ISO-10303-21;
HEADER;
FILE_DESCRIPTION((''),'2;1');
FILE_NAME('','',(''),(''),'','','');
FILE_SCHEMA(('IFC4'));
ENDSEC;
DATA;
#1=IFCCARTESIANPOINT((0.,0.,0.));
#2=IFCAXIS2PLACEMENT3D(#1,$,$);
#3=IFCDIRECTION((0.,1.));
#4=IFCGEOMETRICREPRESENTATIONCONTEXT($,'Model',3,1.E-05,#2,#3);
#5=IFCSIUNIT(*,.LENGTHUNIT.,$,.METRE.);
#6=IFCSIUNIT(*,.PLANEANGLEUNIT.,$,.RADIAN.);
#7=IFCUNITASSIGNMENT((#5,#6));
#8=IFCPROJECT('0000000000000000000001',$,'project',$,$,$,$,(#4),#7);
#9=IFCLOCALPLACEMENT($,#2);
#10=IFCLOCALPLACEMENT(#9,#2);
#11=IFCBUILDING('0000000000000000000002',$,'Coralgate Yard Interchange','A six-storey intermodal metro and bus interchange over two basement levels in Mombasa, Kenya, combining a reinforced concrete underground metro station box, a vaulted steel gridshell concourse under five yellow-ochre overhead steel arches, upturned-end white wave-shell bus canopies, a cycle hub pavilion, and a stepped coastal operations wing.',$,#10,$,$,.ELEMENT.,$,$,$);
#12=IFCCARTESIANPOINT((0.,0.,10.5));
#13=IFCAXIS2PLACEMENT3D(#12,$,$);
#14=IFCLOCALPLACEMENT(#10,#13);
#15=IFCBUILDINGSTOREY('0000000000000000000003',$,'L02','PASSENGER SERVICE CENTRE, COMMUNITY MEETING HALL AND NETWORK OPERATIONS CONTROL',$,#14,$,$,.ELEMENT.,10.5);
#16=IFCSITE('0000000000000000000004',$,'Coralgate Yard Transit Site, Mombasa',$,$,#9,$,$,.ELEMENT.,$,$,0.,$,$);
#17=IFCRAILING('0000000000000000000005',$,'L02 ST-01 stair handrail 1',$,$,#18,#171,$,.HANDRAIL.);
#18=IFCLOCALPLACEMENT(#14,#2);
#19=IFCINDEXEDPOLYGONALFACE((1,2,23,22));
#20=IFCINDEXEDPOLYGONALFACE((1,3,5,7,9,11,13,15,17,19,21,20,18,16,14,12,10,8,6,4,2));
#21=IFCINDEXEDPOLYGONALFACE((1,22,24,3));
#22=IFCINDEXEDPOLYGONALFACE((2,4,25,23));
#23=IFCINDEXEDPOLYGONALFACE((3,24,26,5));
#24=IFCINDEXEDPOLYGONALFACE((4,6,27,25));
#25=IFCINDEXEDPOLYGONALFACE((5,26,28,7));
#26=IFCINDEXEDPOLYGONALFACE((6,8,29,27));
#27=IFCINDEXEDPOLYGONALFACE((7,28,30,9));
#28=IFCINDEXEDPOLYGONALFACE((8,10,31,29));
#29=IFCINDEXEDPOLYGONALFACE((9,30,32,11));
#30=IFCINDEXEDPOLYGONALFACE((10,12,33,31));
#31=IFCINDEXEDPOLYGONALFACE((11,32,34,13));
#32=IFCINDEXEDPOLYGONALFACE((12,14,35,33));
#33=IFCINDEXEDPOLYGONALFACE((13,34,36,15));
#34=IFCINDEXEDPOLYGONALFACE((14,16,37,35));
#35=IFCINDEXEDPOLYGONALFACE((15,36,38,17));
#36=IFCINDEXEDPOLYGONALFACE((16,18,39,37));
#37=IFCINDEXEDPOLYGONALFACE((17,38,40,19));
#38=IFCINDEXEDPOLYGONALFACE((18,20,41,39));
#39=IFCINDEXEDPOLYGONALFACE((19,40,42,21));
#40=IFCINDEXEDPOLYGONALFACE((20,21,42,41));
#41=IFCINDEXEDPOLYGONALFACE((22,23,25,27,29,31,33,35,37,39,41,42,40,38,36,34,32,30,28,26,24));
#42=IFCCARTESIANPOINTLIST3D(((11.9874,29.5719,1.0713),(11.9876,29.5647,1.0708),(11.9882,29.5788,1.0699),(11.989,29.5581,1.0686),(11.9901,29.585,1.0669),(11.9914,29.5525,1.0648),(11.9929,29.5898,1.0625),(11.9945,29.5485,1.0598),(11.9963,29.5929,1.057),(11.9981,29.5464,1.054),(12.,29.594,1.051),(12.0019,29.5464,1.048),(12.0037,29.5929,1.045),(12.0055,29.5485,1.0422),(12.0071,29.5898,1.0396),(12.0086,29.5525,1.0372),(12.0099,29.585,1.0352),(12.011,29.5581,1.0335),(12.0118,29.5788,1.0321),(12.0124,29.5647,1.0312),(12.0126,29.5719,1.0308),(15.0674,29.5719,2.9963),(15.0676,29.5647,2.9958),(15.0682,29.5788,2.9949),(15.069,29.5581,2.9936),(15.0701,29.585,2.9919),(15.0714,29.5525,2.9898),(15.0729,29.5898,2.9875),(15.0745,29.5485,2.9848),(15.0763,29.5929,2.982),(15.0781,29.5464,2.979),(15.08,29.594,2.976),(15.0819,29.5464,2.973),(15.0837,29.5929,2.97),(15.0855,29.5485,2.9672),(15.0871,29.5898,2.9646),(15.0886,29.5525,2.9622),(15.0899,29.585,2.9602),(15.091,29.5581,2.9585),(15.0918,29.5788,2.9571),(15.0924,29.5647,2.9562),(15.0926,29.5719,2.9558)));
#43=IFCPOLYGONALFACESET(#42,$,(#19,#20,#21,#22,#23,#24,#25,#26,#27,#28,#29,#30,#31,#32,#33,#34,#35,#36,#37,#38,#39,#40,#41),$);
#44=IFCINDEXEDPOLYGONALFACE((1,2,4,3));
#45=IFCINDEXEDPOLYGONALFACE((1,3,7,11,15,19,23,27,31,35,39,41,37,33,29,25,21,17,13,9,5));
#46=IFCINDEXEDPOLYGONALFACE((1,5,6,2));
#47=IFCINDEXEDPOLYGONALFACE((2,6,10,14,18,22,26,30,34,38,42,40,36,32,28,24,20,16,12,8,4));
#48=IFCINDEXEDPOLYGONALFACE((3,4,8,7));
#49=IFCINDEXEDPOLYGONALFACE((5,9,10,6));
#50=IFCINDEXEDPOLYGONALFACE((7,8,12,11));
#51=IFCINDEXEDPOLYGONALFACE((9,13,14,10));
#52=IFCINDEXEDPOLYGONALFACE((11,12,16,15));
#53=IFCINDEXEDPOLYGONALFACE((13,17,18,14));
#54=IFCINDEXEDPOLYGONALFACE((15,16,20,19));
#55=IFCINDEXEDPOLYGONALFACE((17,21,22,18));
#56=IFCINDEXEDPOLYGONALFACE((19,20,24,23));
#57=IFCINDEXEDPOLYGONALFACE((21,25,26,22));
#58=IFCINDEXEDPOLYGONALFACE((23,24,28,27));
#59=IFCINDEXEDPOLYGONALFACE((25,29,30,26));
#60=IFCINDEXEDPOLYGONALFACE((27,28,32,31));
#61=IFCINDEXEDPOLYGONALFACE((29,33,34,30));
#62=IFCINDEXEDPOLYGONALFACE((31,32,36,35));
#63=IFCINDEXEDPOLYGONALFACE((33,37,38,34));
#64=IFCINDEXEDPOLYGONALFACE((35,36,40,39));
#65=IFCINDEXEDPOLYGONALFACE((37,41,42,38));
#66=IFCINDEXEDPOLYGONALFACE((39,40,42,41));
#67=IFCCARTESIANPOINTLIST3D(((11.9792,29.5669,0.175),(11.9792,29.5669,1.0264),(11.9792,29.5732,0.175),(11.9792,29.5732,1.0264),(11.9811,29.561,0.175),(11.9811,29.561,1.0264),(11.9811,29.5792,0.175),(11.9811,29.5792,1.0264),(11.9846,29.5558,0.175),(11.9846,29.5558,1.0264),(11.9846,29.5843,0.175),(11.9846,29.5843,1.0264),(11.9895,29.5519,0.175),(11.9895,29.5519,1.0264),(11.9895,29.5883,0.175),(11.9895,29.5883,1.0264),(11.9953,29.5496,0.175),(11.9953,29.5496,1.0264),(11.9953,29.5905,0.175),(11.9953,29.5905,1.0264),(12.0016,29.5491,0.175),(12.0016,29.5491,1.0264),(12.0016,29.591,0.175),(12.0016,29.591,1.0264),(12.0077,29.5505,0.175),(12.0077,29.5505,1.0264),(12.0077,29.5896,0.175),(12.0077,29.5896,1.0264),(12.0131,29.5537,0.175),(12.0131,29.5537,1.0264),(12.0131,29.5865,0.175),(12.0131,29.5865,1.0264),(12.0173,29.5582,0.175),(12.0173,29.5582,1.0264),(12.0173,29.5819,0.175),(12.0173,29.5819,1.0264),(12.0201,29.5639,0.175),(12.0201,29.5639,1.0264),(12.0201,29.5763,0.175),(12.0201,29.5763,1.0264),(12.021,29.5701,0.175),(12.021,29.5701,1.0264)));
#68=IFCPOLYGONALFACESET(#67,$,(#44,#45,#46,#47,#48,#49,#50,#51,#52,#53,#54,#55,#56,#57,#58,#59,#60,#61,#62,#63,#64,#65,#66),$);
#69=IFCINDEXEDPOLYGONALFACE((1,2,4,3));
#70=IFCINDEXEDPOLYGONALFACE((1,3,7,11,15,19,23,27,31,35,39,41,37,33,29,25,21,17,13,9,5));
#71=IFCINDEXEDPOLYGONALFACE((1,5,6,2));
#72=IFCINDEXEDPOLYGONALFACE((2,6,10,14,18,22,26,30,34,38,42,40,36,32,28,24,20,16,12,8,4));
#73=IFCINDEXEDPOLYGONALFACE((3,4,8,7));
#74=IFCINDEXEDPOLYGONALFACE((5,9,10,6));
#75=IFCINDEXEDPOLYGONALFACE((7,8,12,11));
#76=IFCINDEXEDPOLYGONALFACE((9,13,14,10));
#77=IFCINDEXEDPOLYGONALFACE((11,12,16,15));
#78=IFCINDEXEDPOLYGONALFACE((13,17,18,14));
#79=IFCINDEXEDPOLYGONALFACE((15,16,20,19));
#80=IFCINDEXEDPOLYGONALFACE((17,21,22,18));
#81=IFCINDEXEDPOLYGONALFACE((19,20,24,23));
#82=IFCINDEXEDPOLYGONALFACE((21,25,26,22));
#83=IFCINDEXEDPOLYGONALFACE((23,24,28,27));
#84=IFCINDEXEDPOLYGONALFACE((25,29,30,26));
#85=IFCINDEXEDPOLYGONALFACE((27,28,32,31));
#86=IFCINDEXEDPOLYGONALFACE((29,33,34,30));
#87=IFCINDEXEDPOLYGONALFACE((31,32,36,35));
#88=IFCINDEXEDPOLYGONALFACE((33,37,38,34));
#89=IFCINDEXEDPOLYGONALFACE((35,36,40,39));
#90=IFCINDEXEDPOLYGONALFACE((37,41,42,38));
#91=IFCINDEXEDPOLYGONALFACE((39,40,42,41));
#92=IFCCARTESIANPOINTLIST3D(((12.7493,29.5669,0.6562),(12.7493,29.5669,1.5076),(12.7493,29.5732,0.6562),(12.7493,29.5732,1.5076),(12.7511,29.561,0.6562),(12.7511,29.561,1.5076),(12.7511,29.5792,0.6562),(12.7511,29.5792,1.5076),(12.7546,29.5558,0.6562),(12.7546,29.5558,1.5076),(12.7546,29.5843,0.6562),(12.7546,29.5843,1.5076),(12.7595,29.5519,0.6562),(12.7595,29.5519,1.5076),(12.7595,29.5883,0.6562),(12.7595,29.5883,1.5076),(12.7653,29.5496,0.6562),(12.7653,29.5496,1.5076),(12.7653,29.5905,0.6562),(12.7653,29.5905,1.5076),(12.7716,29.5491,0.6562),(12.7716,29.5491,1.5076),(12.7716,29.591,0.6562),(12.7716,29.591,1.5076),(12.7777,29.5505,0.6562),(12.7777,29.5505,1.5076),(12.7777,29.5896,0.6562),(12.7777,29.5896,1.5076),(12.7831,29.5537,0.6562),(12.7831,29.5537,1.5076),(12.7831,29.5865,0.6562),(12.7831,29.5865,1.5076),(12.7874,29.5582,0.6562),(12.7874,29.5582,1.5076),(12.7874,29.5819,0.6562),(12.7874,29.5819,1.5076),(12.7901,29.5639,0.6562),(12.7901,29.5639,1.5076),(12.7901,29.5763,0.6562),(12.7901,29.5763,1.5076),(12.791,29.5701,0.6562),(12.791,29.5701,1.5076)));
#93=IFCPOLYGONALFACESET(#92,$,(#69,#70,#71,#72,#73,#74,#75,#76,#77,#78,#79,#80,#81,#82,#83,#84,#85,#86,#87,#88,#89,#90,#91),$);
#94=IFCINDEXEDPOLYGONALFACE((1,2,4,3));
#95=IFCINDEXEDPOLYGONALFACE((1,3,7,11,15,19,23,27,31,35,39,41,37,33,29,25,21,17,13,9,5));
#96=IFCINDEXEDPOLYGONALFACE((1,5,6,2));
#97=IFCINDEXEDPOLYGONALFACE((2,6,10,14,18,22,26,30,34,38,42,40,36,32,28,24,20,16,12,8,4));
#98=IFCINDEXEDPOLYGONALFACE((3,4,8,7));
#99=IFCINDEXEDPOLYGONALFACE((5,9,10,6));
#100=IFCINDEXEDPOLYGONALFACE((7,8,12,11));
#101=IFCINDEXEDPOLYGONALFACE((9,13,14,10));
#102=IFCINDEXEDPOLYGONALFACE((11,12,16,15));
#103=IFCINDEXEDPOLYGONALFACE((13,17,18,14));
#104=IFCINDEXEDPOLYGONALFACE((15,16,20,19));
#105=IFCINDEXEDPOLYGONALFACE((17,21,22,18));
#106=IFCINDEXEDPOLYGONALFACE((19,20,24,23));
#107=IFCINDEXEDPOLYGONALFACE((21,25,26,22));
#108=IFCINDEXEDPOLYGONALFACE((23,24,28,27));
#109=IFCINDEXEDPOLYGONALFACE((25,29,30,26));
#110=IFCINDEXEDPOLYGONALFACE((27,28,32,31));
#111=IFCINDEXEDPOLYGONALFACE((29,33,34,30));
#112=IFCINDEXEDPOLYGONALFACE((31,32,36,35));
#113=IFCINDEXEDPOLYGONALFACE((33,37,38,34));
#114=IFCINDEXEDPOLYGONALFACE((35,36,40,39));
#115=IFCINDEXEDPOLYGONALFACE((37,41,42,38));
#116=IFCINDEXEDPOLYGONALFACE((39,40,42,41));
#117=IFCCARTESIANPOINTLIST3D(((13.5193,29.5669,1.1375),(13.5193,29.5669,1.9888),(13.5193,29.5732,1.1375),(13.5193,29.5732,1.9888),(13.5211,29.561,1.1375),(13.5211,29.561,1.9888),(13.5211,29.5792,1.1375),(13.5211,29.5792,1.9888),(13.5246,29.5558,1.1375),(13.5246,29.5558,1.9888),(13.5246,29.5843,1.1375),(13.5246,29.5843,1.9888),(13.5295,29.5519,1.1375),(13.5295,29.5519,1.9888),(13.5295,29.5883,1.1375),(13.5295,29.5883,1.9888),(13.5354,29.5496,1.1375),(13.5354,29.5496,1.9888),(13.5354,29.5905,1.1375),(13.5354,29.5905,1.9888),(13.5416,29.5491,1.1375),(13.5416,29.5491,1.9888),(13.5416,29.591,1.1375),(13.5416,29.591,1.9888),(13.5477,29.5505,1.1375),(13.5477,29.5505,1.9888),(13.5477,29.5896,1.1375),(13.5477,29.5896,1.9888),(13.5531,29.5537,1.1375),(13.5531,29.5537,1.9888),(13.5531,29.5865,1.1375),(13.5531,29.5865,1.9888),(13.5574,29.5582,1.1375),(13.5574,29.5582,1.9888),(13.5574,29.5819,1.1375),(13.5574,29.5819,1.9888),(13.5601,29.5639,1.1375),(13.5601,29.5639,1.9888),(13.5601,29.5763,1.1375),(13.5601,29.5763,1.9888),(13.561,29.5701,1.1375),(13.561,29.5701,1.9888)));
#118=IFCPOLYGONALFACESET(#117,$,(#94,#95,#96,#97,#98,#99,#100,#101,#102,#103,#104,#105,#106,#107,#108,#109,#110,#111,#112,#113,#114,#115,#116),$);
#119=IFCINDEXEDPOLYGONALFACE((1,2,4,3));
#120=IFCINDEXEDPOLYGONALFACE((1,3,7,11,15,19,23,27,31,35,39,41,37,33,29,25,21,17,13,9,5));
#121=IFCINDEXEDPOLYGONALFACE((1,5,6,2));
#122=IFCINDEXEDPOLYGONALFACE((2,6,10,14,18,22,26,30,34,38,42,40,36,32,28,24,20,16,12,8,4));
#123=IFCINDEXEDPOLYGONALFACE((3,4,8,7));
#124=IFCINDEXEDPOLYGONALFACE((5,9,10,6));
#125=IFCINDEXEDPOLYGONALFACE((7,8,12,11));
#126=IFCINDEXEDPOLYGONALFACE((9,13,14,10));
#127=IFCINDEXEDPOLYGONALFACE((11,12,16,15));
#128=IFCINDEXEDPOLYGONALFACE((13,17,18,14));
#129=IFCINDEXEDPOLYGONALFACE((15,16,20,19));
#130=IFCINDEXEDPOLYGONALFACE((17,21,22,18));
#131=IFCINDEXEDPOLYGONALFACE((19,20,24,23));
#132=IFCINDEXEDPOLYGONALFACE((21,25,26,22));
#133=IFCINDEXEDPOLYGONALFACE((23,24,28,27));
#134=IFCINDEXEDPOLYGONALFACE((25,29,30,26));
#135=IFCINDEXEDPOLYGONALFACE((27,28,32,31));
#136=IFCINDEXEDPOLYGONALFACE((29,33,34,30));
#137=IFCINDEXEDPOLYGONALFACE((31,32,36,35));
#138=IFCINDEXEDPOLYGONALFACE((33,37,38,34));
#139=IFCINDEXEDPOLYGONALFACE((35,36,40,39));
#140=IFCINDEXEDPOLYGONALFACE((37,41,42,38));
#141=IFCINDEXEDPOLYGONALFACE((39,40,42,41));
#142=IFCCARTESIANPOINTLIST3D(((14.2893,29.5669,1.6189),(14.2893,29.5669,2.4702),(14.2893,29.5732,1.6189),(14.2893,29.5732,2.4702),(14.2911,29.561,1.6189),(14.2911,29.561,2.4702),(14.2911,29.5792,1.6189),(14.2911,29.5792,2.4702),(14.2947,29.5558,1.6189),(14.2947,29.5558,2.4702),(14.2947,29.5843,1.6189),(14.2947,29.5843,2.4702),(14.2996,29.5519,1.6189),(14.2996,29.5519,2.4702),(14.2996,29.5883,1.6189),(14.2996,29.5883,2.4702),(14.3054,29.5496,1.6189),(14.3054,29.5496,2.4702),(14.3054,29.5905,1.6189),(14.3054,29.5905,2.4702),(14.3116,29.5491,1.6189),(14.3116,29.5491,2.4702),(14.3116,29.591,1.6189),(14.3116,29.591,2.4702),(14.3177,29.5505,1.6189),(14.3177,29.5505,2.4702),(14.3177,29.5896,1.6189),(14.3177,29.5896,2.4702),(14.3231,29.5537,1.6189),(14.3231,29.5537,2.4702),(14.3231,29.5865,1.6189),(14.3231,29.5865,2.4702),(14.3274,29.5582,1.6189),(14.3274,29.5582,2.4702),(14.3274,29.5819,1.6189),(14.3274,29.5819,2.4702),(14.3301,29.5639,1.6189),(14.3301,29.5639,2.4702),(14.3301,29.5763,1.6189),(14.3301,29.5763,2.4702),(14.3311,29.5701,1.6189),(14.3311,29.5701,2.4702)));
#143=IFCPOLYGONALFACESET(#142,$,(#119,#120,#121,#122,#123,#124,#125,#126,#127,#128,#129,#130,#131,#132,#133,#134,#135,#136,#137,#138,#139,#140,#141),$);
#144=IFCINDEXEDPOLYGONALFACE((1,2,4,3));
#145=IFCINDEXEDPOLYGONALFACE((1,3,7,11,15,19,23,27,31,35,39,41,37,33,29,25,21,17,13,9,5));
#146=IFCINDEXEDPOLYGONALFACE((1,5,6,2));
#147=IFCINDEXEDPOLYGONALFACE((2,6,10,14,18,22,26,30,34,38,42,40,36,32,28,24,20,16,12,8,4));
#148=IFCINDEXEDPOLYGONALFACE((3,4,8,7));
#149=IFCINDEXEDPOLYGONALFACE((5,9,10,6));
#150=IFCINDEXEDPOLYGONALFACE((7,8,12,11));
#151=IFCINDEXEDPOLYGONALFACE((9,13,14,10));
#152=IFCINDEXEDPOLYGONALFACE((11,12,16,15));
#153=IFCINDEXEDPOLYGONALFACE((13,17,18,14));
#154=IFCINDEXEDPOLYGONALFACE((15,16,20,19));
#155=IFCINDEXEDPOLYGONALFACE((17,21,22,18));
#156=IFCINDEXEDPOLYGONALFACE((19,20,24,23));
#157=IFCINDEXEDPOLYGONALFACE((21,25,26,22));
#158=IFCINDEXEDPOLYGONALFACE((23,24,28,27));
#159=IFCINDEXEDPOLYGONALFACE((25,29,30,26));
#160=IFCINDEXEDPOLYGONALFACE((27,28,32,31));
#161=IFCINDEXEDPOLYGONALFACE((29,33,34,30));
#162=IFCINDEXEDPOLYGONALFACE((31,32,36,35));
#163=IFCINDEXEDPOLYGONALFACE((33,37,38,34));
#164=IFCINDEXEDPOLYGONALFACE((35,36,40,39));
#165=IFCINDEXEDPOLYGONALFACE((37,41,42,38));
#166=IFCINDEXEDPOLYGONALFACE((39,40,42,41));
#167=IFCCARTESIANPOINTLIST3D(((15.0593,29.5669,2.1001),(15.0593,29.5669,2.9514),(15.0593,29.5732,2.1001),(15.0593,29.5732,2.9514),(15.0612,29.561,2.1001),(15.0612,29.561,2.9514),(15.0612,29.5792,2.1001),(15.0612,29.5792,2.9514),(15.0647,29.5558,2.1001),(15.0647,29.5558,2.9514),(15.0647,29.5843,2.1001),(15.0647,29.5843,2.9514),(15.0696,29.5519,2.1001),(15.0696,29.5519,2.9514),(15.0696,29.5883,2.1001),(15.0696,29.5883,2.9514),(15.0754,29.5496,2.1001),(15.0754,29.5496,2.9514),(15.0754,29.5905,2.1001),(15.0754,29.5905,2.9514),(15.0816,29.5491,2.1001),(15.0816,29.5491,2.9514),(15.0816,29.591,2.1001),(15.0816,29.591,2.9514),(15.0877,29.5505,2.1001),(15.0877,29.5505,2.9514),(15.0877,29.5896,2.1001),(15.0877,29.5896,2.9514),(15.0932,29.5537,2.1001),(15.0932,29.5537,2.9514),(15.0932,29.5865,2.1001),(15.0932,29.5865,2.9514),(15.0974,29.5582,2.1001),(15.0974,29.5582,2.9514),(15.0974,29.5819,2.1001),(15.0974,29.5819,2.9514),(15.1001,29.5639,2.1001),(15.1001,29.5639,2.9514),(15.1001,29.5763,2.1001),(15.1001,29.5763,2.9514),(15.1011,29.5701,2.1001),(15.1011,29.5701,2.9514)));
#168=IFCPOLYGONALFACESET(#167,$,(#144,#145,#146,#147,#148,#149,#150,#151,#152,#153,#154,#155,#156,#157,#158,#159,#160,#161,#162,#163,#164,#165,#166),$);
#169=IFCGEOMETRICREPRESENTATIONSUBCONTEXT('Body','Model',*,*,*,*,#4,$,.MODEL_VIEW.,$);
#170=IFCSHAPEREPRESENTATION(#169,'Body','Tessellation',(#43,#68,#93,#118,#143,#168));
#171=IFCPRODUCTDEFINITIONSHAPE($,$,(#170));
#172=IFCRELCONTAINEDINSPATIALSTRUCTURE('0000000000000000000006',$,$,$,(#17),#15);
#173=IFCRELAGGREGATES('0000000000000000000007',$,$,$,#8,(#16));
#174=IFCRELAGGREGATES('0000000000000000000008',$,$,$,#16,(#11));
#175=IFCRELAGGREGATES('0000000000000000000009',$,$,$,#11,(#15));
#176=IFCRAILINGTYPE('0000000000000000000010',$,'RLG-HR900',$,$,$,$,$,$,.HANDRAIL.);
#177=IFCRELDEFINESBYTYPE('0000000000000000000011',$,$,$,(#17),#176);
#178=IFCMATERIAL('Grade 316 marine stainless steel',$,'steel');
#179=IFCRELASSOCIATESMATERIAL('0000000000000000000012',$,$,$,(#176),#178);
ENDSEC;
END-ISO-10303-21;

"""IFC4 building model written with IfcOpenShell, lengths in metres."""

from ifc_helpers import new_model, si_unit, direction, frame, origin, origin_2d, place, context, subcontext, project, spatial, circle, extrude, material, type_object, element, save


model = new_model("IFC4")

# Units and contexts
model_context = context("Model", 3, precision=1e-05, world=origin(), true_north=direction((0.0, 1.0)))
body_context = subcontext(model_context, "Body", "Model", "MODEL_VIEW")
ifc_project = project(units=[si_unit("LENGTHUNIT", "METRE"), si_unit("PLANEANGLEUNIT", "RADIAN")], contexts=[model_context])

# Site, building, storey
site_placement = place(None, origin())
site = spatial("IfcSite", under=ifc_project, at=site_placement, Name="Coralgate Yard Transit Site, Mombasa", CompositionType="ELEMENT", RefElevation=0.0)
building_placement = place(site_placement, origin())
building = spatial("IfcBuilding", under=site, at=building_placement, Name="Coralgate Yard Interchange", Description="A six-storey intermodal metro and bus interchange over two basement levels in Mombasa, Kenya, combining a reinforced concrete underground metro station box, a vaulted steel gridshell concourse under five yellow-ochre overhead steel arches, upturned-end white wave-shell bus canopies, a cycle hub pavilion, and a stepped coastal operations wing.", CompositionType="ELEMENT")
storey_placement = place(building_placement, frame((0.0, 0.0, 10.5)))
storey = spatial("IfcBuildingStorey", under=building, at=storey_placement, Name="L02", Description="PASSENGER SERVICE CENTRE, COMMUNITY MEETING HALL AND NETWORK OPERATIONS CONTROL", CompositionType="ELEMENT", Elevation=10.5)

# Railing
ifc_material_1 = material(Name="Grade 316 marine stainless steel", Category="steel")
railing_type_1 = type_object("IfcRailingType", Name="RLG-HR900", PredefinedType="HANDRAIL", material=ifc_material_1)
railing_1_placement = place(storey_placement, frame((12.0, 29.5701, 0.175)))
element("IfcRailing", 1, at=railing_1_placement, inside=storey, type_object=railing_type_1, Name="L02 ST-01 stair handrail 1", PredefinedType="HANDRAIL", context=body_context, shape_type="SweptSolid", body=[
    extrude(circle(Radius=0.0239, at=origin_2d()), frame((0.0, 0.0, 0.876), z_axis=(0.847998, 0.0, 0.529999), x_axis=(0.0, 1.0, 0.0)), (0.0, 0.0, 1.0), 3.6321),
    extrude(circle(Radius=0.021, at=origin_2d()), origin(), (0.0, 0.0, 1.0), 0.8513),
    extrude(circle(Radius=0.021, at=origin_2d()), frame((0.77, 0.0, 0.4812)), (0.0, 0.0, 1.0), 0.8513),
    extrude(circle(Radius=0.021, at=origin_2d()), frame((1.54, 0.0, 0.9624)), (0.0, 0.0, 1.0), 0.8513),
    extrude(circle(Radius=0.021, at=origin_2d()), frame((2.3101, 0.0, 1.4438)), (0.0, 0.0, 1.0), 0.8513),
    extrude(circle(Radius=0.021, at=origin_2d()), frame((3.0801, 0.0, 1.925)), (0.0, 0.0, 1.0), 0.8513),
])

save(model, "model.ifc")
